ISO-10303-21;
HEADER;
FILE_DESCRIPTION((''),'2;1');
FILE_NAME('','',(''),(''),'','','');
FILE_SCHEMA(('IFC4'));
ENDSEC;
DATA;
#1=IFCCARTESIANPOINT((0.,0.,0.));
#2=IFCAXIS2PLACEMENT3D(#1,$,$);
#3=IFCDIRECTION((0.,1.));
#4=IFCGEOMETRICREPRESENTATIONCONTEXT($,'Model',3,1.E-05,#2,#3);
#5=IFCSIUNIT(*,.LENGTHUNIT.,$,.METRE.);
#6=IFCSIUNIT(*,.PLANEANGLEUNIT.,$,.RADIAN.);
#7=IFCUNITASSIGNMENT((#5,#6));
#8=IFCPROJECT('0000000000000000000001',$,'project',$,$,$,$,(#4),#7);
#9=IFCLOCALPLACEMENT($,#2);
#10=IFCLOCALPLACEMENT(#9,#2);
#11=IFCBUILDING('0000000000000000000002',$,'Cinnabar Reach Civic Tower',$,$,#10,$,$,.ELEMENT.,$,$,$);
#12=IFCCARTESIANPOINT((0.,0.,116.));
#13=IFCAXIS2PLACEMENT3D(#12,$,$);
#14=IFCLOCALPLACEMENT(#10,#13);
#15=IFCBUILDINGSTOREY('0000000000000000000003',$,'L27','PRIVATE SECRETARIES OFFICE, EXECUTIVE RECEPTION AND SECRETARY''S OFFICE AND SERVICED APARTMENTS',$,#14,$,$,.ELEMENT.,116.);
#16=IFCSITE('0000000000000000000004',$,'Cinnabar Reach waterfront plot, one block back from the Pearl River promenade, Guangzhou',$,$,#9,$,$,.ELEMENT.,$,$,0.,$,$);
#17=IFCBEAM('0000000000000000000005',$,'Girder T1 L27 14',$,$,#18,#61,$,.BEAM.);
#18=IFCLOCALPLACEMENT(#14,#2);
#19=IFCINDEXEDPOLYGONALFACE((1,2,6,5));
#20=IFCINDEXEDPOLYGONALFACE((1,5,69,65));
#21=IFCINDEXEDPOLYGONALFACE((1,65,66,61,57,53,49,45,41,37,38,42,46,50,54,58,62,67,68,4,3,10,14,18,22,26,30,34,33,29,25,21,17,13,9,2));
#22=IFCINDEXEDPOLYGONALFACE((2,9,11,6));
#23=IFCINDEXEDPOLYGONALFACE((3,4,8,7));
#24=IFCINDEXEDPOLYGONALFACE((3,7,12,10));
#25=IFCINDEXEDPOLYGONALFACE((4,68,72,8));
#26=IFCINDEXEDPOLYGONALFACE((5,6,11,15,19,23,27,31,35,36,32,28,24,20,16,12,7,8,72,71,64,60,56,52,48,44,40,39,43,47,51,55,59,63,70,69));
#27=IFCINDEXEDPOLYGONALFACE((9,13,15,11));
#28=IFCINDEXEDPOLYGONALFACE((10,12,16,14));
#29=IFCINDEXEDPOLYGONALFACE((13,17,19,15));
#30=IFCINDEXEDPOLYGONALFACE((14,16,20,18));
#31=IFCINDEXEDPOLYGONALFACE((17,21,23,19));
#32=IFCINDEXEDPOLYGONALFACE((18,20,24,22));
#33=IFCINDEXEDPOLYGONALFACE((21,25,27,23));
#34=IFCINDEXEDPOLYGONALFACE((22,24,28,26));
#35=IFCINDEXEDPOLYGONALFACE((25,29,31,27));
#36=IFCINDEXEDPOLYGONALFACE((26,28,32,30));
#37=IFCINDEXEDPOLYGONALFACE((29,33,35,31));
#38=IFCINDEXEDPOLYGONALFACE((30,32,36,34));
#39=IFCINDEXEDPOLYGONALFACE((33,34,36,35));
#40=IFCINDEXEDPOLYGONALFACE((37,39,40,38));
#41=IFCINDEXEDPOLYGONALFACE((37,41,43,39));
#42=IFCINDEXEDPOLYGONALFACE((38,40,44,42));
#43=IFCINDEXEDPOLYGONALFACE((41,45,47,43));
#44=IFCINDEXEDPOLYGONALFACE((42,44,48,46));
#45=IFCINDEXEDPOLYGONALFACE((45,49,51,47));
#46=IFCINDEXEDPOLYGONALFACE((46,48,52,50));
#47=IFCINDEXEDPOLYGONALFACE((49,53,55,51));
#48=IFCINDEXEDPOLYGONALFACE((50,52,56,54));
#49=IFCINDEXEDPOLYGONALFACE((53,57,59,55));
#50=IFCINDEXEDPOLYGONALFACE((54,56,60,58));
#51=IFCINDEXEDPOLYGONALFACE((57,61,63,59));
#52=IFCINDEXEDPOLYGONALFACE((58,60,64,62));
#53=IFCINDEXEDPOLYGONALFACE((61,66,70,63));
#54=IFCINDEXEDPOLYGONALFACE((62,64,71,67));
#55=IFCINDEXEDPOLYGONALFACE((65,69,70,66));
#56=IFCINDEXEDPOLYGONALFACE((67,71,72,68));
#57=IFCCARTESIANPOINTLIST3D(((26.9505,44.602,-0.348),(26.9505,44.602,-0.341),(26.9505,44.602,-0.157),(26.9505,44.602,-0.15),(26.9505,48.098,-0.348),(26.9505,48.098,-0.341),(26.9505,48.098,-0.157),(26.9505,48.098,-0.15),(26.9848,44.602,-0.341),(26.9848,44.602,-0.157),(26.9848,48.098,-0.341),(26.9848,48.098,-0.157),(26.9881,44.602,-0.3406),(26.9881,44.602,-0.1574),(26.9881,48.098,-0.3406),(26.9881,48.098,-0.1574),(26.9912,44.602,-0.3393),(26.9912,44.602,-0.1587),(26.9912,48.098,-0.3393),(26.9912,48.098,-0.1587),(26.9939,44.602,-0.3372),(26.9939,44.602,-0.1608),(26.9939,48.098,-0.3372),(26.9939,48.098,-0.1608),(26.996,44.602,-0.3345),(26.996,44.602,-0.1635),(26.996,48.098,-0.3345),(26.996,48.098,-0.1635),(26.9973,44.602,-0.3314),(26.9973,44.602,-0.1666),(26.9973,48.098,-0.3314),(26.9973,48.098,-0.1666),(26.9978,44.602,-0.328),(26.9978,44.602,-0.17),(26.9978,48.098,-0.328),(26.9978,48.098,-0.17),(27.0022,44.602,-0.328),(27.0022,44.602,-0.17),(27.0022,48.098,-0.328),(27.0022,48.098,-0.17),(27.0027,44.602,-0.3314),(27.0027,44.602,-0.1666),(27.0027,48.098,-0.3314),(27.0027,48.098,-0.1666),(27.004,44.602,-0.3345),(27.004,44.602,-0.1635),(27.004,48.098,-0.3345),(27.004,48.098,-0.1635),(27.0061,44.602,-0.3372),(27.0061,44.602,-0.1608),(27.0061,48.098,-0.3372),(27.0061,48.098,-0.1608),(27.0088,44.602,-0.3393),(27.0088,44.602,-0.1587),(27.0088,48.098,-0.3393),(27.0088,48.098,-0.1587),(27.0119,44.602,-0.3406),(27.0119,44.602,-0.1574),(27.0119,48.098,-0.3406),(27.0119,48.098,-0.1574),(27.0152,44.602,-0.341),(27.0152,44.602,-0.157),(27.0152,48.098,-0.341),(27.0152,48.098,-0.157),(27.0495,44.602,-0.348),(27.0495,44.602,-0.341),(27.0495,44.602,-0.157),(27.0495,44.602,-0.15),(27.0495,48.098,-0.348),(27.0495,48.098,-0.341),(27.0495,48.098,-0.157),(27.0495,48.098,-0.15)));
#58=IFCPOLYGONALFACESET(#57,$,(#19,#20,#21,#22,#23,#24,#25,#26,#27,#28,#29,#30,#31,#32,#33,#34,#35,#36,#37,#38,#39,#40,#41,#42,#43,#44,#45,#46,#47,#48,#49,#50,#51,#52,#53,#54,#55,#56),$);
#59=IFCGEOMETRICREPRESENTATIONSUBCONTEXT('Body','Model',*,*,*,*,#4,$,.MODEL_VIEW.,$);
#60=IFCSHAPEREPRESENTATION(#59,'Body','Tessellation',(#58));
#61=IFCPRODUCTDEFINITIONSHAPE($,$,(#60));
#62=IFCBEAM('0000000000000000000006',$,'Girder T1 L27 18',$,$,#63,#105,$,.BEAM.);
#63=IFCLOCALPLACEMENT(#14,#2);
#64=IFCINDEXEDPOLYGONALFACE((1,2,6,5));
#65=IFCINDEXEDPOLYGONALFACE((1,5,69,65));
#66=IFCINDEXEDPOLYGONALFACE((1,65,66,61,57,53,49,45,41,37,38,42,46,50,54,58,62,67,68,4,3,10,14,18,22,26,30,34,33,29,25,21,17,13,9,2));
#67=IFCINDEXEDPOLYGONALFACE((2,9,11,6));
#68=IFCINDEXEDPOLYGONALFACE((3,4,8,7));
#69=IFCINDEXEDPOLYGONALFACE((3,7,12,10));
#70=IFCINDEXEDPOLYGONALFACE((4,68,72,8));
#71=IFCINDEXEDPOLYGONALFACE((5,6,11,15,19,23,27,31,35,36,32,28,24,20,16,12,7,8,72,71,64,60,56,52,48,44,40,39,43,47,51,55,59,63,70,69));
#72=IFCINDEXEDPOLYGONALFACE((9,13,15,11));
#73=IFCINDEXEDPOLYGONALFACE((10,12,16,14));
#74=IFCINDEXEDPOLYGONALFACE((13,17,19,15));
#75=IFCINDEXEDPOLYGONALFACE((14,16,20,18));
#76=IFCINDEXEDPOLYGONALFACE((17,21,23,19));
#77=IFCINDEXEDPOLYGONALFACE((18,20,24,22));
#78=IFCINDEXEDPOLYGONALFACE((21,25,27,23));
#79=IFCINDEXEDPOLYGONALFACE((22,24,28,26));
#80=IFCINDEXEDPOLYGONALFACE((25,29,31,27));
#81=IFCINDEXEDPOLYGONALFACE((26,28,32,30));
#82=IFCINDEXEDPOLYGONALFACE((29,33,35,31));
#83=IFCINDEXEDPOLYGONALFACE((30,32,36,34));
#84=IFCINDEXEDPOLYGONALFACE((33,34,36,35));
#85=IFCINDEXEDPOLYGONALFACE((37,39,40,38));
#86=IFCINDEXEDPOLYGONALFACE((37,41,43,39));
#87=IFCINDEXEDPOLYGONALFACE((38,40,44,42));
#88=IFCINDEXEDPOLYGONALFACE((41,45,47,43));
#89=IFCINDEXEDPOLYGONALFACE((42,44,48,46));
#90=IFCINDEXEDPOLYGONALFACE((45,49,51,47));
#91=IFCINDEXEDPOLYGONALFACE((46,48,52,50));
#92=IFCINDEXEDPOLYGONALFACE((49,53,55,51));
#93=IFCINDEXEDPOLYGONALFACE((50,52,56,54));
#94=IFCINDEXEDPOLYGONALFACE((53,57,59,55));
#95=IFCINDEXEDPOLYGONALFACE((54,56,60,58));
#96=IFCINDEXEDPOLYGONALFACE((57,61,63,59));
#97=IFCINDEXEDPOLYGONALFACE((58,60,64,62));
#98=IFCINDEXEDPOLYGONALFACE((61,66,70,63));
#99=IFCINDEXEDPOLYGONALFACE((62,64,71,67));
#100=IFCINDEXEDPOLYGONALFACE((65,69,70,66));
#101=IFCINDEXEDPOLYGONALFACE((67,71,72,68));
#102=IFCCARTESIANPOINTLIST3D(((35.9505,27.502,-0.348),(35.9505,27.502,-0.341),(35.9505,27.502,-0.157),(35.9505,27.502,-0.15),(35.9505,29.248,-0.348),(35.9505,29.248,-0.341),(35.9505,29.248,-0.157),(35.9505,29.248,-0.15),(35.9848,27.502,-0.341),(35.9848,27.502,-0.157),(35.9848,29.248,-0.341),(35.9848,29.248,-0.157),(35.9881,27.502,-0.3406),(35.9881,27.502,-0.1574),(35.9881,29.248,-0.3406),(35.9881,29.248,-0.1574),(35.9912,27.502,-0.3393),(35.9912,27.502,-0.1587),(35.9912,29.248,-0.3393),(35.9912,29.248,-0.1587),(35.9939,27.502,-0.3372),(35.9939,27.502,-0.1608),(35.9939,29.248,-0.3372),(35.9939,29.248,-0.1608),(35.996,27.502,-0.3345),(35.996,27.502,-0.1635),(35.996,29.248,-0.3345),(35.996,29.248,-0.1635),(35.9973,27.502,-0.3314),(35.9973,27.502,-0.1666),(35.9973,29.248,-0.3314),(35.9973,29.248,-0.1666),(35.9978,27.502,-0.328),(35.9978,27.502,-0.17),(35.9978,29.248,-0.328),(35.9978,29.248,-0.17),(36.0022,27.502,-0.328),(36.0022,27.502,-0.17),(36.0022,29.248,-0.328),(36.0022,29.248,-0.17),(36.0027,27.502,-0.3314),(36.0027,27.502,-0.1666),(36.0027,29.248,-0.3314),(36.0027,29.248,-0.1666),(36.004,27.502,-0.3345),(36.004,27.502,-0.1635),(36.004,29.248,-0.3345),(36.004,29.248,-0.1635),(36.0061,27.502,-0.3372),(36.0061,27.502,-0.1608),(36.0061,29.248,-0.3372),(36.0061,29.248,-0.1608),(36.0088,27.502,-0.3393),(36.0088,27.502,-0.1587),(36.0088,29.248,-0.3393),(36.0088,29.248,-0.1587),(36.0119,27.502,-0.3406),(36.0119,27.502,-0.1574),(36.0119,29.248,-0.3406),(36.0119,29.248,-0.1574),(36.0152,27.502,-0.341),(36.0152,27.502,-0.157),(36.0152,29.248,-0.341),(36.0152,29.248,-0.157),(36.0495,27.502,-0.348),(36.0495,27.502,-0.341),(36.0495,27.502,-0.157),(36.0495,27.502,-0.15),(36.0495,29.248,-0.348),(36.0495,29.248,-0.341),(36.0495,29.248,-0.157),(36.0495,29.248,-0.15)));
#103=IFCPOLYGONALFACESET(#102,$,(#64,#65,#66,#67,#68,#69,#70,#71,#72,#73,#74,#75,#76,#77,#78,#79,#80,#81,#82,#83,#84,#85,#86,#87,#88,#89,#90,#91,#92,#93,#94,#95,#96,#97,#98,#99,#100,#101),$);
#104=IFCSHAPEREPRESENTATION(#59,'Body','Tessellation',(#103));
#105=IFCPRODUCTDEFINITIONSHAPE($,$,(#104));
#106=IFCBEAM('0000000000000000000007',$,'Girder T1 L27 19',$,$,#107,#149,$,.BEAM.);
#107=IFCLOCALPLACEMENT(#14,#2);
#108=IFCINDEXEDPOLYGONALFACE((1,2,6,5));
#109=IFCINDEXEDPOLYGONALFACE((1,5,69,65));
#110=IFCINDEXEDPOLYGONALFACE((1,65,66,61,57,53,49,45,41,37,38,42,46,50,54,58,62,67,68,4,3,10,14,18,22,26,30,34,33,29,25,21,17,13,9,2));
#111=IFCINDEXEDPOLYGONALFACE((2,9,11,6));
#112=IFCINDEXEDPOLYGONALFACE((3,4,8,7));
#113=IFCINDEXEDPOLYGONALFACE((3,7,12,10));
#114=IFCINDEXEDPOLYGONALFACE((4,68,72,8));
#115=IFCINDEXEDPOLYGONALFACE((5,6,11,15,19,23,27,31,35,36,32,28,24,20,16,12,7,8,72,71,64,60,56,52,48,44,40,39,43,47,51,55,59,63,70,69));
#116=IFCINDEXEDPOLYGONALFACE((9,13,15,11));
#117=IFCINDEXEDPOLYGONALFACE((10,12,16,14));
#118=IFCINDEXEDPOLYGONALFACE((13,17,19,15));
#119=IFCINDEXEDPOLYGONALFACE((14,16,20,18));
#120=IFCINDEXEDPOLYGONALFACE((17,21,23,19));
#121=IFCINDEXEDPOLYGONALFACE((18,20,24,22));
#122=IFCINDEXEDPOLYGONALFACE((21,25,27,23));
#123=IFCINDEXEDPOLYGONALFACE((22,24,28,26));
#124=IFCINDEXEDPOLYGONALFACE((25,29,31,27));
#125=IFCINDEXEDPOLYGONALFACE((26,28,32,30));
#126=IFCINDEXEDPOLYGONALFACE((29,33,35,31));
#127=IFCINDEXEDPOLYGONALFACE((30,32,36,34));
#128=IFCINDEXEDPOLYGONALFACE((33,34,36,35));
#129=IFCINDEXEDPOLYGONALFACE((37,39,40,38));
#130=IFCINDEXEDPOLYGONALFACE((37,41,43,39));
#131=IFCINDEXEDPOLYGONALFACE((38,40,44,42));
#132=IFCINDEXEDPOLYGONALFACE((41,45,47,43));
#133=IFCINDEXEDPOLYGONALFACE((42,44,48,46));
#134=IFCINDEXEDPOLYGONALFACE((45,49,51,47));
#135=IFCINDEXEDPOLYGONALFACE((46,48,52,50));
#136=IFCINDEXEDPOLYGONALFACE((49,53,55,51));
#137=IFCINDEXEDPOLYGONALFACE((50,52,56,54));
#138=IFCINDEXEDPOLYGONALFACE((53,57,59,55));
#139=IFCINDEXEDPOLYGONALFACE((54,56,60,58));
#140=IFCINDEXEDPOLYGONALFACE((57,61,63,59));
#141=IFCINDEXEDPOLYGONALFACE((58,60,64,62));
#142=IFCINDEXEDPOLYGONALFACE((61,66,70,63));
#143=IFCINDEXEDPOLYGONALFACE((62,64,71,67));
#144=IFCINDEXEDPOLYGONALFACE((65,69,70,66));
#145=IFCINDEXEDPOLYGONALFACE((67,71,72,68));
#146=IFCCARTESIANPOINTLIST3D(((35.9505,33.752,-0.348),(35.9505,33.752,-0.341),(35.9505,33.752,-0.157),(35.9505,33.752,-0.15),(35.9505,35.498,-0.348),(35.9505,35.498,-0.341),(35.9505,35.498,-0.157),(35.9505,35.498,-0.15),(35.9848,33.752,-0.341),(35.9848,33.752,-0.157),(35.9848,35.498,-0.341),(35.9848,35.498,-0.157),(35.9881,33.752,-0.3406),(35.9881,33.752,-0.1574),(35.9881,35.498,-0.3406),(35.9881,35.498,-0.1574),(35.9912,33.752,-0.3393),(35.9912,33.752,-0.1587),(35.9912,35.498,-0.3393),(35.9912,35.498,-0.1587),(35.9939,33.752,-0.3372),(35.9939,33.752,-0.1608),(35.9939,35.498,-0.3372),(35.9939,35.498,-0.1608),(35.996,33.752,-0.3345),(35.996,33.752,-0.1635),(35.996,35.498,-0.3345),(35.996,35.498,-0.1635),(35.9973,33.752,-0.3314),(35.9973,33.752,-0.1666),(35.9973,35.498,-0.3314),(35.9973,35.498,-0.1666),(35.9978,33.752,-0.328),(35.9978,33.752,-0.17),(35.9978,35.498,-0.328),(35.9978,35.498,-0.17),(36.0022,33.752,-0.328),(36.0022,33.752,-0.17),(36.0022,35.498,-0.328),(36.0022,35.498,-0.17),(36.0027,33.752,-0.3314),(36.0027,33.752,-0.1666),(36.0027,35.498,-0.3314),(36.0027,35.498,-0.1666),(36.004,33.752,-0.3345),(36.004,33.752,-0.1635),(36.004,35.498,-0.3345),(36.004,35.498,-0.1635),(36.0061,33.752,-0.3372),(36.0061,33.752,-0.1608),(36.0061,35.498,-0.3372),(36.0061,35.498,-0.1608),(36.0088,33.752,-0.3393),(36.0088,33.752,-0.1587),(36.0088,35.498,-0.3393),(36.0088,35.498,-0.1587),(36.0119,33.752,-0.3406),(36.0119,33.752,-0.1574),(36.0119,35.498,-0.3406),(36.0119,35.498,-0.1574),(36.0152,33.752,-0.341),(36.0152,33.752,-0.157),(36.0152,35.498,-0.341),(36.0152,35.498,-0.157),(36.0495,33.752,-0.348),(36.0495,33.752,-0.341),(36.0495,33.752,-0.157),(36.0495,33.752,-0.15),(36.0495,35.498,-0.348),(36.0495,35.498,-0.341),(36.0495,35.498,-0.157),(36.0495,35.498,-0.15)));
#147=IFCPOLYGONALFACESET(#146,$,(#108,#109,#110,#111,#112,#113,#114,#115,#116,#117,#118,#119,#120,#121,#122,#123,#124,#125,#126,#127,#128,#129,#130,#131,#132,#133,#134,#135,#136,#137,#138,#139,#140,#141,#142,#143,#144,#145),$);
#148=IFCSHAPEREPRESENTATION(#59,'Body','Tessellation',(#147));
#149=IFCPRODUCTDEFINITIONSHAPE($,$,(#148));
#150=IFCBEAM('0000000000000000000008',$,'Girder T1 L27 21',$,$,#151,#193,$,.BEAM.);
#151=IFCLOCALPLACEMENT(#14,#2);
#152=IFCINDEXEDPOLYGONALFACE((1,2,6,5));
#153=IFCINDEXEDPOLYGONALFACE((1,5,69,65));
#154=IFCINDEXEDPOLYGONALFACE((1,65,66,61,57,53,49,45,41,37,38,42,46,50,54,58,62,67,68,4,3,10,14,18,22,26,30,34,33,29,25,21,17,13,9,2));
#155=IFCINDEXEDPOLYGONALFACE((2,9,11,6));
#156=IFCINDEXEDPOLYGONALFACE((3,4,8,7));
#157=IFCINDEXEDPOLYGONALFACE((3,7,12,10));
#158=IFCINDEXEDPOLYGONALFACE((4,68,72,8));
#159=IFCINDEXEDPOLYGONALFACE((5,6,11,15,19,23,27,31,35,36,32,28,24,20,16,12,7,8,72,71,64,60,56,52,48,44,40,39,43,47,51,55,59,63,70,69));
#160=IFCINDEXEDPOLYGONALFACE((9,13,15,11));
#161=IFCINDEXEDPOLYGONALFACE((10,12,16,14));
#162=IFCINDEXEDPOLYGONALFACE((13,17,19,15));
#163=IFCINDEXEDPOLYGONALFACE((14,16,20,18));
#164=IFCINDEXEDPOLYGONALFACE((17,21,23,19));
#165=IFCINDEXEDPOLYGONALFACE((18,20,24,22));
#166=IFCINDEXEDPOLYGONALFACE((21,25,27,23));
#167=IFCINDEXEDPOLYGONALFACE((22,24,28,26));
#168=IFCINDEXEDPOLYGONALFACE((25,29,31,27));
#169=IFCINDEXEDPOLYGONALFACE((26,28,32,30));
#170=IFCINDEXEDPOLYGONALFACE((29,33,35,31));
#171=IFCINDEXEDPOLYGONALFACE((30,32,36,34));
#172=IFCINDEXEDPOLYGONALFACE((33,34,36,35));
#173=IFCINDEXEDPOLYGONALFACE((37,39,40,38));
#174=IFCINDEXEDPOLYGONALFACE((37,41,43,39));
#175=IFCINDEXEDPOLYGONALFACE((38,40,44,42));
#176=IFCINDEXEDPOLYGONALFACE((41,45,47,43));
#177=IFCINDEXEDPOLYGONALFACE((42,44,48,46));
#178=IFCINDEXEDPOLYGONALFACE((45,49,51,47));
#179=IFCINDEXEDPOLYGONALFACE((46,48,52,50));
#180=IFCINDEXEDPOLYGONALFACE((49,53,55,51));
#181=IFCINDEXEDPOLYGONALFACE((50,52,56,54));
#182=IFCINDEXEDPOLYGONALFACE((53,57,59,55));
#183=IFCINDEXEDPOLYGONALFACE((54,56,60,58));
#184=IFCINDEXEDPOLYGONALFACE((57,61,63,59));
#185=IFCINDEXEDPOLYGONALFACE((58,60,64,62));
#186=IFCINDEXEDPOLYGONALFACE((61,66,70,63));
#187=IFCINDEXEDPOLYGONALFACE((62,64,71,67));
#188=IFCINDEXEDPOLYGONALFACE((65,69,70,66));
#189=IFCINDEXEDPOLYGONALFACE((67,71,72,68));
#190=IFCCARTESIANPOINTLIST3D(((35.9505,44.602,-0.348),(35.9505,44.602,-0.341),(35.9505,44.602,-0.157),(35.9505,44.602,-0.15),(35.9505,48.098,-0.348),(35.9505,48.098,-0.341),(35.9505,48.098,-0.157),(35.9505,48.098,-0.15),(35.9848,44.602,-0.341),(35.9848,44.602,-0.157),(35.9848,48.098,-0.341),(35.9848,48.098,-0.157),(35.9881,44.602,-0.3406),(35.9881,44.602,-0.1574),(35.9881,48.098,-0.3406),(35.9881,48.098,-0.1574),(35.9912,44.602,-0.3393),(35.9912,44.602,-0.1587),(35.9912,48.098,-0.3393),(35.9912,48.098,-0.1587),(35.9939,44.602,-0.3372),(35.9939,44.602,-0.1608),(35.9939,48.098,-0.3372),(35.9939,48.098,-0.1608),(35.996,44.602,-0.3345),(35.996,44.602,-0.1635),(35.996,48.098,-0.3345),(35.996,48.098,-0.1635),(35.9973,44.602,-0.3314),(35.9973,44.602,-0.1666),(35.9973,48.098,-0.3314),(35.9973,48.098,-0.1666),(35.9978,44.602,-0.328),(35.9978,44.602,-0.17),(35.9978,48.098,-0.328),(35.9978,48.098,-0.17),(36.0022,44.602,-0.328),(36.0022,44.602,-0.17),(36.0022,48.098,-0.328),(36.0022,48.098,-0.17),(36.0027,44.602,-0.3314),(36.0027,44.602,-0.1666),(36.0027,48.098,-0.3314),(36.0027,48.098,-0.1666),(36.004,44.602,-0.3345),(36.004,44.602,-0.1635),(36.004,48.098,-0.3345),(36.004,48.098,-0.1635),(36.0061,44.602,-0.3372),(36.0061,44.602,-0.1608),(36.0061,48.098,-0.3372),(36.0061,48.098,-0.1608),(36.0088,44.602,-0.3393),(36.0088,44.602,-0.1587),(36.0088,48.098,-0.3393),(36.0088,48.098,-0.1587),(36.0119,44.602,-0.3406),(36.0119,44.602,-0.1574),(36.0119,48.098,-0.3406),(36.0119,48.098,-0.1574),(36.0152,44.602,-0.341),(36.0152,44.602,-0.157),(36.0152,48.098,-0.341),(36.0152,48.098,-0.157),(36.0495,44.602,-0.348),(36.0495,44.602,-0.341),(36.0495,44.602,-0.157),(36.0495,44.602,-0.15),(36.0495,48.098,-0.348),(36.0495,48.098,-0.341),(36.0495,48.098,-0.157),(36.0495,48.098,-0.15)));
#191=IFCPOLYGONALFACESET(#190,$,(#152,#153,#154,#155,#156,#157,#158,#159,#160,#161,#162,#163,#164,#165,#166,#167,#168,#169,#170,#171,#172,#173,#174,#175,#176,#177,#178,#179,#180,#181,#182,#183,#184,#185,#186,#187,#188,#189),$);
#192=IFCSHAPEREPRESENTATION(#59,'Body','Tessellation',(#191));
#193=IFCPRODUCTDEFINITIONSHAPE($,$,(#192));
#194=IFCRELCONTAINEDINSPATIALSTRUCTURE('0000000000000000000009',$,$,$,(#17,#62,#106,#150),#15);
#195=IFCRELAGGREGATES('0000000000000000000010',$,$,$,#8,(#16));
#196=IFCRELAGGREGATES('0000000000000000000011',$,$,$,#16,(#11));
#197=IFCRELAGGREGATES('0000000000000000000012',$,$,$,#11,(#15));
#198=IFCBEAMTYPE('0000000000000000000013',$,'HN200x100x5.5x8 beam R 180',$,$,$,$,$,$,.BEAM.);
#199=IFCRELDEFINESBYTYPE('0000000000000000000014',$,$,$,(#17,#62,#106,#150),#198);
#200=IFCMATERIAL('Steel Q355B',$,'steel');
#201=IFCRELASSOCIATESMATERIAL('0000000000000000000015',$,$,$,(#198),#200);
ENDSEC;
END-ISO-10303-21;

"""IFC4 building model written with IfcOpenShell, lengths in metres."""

from ifc_helpers import new_model, si_unit, direction, frame, origin, origin_2d, place, context, subcontext, project, spatial, i_section, extrude, material, material_profile, profile_set, type_object, element, save


model = new_model("IFC4")

# Units and contexts
model_context = context("Model", 3, precision=1e-05, world=origin(), true_north=direction((0.0, 1.0)))
body_context = subcontext(model_context, "Body", "Model", "MODEL_VIEW")
ifc_project = project(units=[si_unit("LENGTHUNIT", "METRE"), si_unit("PLANEANGLEUNIT", "RADIAN")], contexts=[model_context])

# Site, building, storey
site_placement = place(None, origin())
site = spatial("IfcSite", under=ifc_project, at=site_placement, Name="Cinnabar Reach waterfront plot, one block back from the Pearl River promenade, Guangzhou", CompositionType="ELEMENT", RefElevation=0.0)
building_placement = place(site_placement, origin())
building = spatial("IfcBuilding", under=site, at=building_placement, Name="Cinnabar Reach Civic Tower", CompositionType="ELEMENT")
storey_placement = place(building_placement, frame((0.0, 0.0, 116.0)))
storey = spatial("IfcBuildingStorey", under=building, at=storey_placement, Name="L27", Description="PRIVATE SECRETARIES OFFICE, EXECUTIVE RECEPTION AND SECRETARY'S OFFICE AND SERVICED APARTMENTS", CompositionType="ELEMENT", Elevation=116.0)

# Beams
ifc_material_1 = material(Name="Steel Q355B", Category="steel")
ifc_material_profile_1 = material_profile(ifc_material_1, i_section(OverallWidth=0.099, OverallDepth=0.198, WebThickness=0.0045, FlangeThickness=0.007, FilletRadius=0.013, at=origin_2d()), Name="HN200x100x5.5x8")
ifc_profile_set_1 = profile_set([ifc_material_profile_1], Name="Steel Q355B")
beam_type_1 = type_object("IfcBeamType", Name="HN200x100x5.5x8 beam R 180", PredefinedType="BEAM", material=ifc_profile_set_1)
beam_1_placement = place(storey_placement, frame((27.0, 44.602, -0.249), z_axis=(0.0, 1.0, 0.0), x_axis=(-1.0, 0.0, 0.0)))
element("IfcBeam", 1, at=beam_1_placement, inside=storey, type_object=beam_type_1, Name="Girder T1 L27 14", PredefinedType="BEAM", context=body_context, shape_type="SweptSolid", body=[
    extrude(i_section(OverallWidth=0.099, OverallDepth=0.198, WebThickness=0.0045, FlangeThickness=0.007, FilletRadius=0.013, at=origin_2d()), origin(), (0.0, 0.0, 1.0), 3.496),
])
for number, where, z_axis, x_axis, name in (
    (2, (36.0, 27.502, -0.249), (0.0, 1.0, 0.0), (-1.0, 0.0, 0.0), "Girder T1 L27 18"),
    (3, (36.0, 33.752, -0.249), (0.0, 1.0, 0.0), (-1.0, 0.0, 0.0), "Girder T1 L27 19"),
):
    element("IfcBeam", number, at=place(storey_placement, frame(where, z_axis=z_axis, x_axis=x_axis)), inside=storey, type_object=beam_type_1, Name=name, PredefinedType="BEAM", context=body_context, shape_type="SweptSolid", body=[
        extrude(i_section(OverallWidth=0.099, OverallDepth=0.198, WebThickness=0.0045, FlangeThickness=0.007, FilletRadius=0.013, at=origin_2d()), origin(), (0.0, 0.0, 1.0), 1.746),
    ])
beam_2_placement = place(storey_placement, frame((36.0, 44.602, -0.249), z_axis=(0.0, 1.0, 0.0), x_axis=(-1.0, 0.0, 0.0)))
element("IfcBeam", 4, at=beam_2_placement, inside=storey, type_object=beam_type_1, Name="Girder T1 L27 21", PredefinedType="BEAM", context=body_context, shape_type="SweptSolid", body=[
    extrude(i_section(OverallWidth=0.099, OverallDepth=0.198, WebThickness=0.0045, FlangeThickness=0.007, FilletRadius=0.013, at=origin_2d()), origin(), (0.0, 0.0, 1.0), 3.496),
])

save(model, "model.ifc")
